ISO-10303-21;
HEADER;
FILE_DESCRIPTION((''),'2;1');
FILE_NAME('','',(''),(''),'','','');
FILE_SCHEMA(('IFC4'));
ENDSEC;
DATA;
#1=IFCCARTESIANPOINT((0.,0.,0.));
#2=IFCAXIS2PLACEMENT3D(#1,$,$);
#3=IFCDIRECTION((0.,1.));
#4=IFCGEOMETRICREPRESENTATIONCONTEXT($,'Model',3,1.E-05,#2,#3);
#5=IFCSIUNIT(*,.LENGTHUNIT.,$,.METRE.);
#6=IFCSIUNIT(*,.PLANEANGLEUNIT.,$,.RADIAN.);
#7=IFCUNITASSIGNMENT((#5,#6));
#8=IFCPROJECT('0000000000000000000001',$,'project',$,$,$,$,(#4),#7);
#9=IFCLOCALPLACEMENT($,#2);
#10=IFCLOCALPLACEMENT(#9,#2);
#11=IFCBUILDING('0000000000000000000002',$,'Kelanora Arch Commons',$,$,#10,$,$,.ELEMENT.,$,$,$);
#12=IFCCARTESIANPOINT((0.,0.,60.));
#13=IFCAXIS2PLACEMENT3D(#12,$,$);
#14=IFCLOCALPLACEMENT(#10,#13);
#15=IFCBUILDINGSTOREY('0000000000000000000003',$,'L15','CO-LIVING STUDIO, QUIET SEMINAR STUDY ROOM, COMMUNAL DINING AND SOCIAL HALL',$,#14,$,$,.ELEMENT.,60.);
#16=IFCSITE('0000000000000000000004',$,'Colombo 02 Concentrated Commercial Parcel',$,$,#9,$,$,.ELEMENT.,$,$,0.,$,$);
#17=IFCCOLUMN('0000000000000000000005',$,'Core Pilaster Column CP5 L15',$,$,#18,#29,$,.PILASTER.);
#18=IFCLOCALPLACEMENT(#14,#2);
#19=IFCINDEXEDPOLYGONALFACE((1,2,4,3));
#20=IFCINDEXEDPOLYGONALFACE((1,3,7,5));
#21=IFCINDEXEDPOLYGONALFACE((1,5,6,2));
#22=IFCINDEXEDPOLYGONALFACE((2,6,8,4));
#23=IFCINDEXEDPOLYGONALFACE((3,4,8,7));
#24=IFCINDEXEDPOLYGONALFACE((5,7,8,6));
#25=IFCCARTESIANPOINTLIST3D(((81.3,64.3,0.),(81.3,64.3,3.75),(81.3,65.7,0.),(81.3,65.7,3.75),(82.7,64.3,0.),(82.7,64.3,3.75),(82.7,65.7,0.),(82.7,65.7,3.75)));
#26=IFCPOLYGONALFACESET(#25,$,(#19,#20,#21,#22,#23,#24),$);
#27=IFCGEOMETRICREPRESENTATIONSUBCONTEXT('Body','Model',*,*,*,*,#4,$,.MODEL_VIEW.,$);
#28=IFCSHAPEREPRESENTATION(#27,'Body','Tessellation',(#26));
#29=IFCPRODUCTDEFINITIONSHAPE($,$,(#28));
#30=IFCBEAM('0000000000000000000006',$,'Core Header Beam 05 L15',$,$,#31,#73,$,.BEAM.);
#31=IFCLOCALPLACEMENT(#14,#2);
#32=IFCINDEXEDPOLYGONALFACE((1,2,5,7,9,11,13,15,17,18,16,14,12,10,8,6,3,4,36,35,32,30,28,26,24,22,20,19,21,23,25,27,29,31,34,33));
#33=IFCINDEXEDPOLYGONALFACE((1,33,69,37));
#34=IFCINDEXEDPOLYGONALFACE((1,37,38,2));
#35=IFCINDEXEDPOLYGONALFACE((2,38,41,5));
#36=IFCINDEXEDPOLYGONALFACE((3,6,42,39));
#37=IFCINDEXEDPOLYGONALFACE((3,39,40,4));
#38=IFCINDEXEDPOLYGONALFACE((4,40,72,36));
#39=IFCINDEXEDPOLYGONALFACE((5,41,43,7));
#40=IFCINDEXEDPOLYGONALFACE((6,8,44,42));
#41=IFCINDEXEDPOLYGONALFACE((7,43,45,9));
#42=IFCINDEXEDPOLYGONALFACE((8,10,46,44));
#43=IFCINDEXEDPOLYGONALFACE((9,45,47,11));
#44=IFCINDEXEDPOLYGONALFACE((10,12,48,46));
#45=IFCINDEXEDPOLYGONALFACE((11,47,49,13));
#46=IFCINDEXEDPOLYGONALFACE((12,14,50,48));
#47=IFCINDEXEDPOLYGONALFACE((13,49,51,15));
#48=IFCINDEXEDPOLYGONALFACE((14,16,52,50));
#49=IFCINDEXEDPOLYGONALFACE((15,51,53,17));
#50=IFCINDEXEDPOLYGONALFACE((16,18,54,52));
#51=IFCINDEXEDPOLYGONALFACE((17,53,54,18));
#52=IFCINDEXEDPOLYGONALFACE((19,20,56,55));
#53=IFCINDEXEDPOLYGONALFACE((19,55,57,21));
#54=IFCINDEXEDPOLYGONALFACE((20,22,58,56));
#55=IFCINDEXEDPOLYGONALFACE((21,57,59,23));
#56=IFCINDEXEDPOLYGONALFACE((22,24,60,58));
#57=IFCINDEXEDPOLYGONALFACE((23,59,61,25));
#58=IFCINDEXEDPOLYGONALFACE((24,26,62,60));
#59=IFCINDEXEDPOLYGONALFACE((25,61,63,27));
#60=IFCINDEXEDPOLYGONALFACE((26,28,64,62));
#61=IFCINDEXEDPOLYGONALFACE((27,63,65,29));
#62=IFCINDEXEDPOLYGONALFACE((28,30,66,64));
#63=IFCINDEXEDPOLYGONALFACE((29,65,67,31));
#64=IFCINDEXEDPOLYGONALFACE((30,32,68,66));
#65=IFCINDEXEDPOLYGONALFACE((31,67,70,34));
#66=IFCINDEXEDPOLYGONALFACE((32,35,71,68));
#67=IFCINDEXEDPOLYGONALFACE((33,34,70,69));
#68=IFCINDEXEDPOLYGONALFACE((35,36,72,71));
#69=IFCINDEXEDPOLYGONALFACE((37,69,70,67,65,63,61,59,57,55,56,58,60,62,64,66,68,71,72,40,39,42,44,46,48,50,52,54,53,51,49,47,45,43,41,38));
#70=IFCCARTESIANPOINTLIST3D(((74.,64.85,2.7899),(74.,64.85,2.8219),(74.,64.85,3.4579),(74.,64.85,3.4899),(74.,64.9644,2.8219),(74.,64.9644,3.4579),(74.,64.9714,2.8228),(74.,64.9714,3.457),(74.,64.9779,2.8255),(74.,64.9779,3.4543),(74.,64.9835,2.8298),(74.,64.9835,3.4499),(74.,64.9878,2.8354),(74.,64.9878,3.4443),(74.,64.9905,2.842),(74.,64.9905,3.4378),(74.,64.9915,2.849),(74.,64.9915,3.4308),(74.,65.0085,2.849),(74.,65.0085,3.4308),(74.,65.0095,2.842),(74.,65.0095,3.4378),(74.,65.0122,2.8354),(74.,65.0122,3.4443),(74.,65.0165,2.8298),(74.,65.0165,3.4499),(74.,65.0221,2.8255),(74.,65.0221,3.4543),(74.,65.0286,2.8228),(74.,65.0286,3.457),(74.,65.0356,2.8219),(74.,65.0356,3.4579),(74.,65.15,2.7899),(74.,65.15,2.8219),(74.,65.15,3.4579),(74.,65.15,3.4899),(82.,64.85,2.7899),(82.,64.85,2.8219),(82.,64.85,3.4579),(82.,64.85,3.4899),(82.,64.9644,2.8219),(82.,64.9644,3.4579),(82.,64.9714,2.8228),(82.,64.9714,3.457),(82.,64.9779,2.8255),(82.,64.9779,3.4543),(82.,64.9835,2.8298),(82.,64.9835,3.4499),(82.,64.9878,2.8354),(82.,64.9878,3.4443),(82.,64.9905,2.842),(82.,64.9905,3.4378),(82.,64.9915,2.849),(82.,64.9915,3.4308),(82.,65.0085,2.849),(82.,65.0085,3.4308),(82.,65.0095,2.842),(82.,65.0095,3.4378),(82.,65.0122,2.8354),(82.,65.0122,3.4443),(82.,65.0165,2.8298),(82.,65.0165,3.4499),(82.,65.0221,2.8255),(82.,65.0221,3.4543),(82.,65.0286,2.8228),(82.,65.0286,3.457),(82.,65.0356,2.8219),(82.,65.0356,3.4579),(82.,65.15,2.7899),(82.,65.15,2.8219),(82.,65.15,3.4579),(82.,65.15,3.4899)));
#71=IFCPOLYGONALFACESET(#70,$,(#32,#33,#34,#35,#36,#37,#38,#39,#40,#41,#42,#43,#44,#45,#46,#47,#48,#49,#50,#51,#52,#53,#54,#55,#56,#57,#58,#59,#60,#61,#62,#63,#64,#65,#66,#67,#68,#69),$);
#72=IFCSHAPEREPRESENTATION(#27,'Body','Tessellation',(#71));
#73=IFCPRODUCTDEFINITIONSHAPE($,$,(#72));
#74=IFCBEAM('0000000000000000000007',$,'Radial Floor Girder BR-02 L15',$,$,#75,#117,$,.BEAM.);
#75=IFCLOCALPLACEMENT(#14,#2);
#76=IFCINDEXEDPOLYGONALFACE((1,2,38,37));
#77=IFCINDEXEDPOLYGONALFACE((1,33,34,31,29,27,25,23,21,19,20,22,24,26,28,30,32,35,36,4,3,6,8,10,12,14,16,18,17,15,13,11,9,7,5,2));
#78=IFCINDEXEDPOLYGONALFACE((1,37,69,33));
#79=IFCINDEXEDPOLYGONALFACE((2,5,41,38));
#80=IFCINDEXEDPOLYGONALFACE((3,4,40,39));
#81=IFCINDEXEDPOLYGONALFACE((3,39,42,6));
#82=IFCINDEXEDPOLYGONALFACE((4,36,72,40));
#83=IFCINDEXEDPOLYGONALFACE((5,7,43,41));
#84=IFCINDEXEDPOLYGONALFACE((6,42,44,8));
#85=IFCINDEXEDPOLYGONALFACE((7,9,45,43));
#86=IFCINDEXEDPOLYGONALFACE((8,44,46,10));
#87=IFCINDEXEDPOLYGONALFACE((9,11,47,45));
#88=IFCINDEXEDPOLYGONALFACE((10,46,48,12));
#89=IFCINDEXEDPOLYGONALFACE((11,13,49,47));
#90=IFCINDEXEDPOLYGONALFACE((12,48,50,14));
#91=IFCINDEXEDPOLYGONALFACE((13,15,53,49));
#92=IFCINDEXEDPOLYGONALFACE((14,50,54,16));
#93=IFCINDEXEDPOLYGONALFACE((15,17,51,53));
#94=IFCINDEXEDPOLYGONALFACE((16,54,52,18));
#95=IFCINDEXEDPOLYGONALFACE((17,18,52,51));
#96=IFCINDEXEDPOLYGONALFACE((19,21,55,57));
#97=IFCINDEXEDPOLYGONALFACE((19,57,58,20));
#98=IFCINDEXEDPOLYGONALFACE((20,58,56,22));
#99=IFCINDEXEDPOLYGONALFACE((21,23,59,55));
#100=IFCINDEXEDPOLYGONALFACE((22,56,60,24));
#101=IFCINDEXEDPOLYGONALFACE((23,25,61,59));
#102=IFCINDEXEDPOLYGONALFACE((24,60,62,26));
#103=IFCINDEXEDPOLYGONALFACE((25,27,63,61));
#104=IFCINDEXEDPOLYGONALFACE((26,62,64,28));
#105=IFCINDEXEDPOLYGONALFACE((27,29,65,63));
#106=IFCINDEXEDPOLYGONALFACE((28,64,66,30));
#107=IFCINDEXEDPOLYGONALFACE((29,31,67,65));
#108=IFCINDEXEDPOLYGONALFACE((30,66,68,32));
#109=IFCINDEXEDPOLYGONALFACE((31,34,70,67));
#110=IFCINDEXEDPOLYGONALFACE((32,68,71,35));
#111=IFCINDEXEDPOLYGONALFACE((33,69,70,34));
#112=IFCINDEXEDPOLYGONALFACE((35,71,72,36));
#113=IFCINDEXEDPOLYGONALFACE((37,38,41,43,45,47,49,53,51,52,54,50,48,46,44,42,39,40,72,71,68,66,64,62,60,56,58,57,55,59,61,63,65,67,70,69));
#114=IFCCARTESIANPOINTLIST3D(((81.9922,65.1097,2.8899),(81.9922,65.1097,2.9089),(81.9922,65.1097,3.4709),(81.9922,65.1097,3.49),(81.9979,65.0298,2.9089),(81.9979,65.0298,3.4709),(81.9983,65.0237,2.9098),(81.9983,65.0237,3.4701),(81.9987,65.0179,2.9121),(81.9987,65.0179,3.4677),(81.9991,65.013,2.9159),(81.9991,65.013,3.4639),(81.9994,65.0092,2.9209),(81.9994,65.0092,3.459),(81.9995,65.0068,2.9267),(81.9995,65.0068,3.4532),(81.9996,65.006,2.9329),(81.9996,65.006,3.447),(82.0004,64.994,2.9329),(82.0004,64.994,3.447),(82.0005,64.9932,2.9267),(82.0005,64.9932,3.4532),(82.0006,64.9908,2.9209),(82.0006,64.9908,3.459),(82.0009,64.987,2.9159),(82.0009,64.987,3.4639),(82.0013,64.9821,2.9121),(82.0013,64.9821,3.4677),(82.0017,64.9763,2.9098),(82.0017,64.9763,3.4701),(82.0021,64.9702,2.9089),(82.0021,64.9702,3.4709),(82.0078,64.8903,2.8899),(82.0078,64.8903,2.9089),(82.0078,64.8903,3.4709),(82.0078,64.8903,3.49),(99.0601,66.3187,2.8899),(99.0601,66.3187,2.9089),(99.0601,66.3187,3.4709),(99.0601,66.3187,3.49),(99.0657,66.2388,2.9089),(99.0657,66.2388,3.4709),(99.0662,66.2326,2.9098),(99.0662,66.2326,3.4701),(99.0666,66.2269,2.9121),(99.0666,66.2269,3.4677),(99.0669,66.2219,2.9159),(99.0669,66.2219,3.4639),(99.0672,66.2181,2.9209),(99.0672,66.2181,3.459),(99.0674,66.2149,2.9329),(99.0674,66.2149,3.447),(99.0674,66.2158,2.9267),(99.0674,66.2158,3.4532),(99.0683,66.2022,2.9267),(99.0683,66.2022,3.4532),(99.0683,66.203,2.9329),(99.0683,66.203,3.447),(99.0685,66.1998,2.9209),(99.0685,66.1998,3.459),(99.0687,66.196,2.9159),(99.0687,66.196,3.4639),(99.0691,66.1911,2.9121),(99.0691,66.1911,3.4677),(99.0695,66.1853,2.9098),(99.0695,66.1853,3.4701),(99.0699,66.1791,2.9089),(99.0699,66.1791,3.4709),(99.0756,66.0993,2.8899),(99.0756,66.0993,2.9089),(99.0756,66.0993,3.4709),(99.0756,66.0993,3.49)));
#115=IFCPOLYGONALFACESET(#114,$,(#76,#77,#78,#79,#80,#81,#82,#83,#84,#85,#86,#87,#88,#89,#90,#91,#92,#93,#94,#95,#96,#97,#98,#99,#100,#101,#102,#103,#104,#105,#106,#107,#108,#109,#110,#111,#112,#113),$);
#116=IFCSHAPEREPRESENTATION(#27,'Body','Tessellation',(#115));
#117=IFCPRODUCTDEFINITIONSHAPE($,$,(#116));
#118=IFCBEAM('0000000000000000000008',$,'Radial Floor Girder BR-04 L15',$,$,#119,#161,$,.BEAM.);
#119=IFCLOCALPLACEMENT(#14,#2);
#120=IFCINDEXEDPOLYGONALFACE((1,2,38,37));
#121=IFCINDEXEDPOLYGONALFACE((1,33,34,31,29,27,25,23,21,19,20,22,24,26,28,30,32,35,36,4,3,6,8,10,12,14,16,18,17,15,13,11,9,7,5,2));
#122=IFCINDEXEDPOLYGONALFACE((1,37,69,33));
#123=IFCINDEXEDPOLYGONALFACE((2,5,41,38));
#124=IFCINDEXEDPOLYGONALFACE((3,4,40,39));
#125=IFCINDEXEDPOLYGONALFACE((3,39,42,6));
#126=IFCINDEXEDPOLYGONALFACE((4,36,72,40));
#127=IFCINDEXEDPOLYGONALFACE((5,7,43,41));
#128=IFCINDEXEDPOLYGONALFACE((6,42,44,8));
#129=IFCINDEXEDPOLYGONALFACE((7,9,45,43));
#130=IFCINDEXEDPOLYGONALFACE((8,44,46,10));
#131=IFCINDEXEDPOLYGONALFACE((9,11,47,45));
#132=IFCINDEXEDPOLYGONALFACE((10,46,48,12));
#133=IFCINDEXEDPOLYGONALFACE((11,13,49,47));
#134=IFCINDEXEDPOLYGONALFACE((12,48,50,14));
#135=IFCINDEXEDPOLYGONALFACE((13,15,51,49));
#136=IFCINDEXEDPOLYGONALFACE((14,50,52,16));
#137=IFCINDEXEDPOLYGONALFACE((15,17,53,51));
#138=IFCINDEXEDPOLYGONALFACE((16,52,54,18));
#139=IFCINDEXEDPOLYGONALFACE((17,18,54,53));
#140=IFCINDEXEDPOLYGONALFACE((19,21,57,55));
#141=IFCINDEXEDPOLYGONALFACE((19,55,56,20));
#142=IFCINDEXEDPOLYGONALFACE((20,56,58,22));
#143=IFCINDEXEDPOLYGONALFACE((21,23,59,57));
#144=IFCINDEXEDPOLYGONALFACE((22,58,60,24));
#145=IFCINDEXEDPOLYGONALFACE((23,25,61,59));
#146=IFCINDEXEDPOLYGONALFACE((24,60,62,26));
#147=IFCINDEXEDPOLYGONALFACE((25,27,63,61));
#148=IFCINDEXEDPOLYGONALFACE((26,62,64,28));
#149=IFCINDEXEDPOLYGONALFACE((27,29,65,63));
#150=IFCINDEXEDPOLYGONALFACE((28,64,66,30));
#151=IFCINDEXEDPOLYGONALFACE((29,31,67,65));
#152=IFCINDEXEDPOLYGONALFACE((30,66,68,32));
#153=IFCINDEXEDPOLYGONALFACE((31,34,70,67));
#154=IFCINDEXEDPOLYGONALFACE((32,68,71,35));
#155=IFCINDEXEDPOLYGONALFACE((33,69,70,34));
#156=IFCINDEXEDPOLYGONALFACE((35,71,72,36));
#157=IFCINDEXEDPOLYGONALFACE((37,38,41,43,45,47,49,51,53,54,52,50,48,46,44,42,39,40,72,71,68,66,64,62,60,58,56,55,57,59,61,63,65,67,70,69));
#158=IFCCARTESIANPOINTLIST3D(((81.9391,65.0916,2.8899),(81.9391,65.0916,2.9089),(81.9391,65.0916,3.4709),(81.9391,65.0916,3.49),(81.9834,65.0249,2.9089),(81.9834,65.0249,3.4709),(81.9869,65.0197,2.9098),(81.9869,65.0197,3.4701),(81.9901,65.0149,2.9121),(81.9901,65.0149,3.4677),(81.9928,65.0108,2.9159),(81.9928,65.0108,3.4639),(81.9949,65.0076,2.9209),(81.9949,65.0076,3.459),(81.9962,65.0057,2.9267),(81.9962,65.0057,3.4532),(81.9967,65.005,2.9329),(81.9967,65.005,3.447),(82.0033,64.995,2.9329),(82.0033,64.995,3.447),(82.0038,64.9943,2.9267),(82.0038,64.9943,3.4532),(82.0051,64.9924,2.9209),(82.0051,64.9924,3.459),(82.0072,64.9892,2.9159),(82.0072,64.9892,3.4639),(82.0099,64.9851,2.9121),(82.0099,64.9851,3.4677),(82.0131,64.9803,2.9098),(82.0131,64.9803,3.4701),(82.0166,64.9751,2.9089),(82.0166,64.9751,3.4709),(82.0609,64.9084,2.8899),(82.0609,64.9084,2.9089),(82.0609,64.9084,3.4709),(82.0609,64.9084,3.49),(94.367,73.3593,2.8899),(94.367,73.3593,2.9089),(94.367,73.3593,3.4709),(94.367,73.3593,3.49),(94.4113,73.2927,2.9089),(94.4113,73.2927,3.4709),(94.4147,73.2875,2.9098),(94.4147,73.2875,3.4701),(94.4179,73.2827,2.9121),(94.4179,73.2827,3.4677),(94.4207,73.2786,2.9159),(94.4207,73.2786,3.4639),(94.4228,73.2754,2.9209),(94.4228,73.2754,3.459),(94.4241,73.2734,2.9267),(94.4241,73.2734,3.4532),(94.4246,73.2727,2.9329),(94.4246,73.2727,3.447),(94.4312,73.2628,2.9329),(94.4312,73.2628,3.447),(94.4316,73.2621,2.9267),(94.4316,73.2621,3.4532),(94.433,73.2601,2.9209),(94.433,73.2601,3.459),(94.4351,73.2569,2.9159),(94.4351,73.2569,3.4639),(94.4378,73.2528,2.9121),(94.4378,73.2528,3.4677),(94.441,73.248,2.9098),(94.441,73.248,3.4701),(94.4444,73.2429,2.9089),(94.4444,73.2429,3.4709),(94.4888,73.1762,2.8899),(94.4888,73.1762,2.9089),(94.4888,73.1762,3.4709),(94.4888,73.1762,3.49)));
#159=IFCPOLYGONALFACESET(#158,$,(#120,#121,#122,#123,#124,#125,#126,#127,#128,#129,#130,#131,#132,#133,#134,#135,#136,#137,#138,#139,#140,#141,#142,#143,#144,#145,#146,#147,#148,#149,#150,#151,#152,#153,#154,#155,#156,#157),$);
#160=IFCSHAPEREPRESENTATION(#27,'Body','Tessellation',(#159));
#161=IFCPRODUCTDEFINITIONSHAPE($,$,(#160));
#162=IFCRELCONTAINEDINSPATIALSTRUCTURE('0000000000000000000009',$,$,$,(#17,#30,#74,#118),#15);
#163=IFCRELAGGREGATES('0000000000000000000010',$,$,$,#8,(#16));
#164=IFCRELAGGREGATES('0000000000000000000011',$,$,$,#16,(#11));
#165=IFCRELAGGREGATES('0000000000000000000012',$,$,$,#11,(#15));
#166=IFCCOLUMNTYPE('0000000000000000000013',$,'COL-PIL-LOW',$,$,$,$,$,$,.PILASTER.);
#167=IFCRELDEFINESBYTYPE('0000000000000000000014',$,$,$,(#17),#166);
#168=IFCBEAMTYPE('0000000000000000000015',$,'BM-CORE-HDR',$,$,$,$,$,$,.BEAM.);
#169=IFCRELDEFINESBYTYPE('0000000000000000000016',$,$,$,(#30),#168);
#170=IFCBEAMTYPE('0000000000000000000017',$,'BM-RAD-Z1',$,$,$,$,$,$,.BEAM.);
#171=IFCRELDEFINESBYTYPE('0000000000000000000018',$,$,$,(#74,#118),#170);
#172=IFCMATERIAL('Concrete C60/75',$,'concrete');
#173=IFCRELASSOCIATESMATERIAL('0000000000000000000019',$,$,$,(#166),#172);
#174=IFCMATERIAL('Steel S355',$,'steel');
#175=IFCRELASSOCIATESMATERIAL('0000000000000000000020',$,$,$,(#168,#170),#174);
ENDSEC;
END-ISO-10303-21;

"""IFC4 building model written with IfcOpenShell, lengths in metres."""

from ifc_helpers import new_model, si_unit, direction, frame, origin, origin_2d, place, context, subcontext, project, spatial, rectangle, i_section, extrude, material, material_profile, profile_set, type_object, element, save


model = new_model("IFC4")

# Units and contexts
model_context = context("Model", 3, precision=1e-05, world=origin(), true_north=direction((0.0, 1.0)))
body_context = subcontext(model_context, "Body", "Model", "MODEL_VIEW")
ifc_project = project(units=[si_unit("LENGTHUNIT", "METRE"), si_unit("PLANEANGLEUNIT", "RADIAN")], contexts=[model_context])

# Site, building, storey
site_placement = place(None, origin())
site = spatial("IfcSite", under=ifc_project, at=site_placement, Name="Colombo 02 Concentrated Commercial Parcel", CompositionType="ELEMENT", RefElevation=0.0)
building_placement = place(site_placement, origin())
building = spatial("IfcBuilding", under=site, at=building_placement, Name="Kelanora Arch Commons", CompositionType="ELEMENT")
storey_placement = place(building_placement, frame((0.0, 0.0, 60.0)))
storey = spatial("IfcBuildingStorey", under=building, at=storey_placement, Name="L15", Description="CO-LIVING STUDIO, QUIET SEMINAR STUDY ROOM, COMMUNAL DINING AND SOCIAL HALL", CompositionType="ELEMENT", Elevation=60.0)

# Column
ifc_material_1 = material(Name="Concrete C60/75", Category="concrete")
ifc_material_profile_1 = material_profile(ifc_material_1, rectangle(XDim=1.3999, YDim=1.3999, at=origin_2d()), Name="RC1400x1400")
ifc_profile_set_1 = profile_set([ifc_material_profile_1], Name="Concrete C60/75")
column_type = type_object("IfcColumnType", Name="COL-PIL-LOW", PredefinedType="PILASTER", material=ifc_profile_set_1)
column_placement = place(storey_placement, frame((82.0, 65.0, 0.0), z_axis=(0.0, 0.0, 1.0), x_axis=(1.0, 0.0, 0.0)))
element("IfcColumn", 1, at=column_placement, inside=storey, type_object=column_type, Name="Core Pilaster Column CP5 L15", PredefinedType="PILASTER", context=body_context, shape_type="SweptSolid", body=[
    extrude(rectangle(XDim=1.3999, YDim=1.3999, at=origin_2d()), origin(), (0.0, 0.0, 1.0), 3.75),
])

# Beams
ifc_material_2 = material(Name="Steel S355", Category="steel")
ifc_material_profile_2 = material_profile(ifc_material_2, i_section(OverallWidth=0.3, OverallDepth=0.7, WebThickness=0.0171, FlangeThickness=0.032, FilletRadius=0.0271, at=origin_2d()), Name="HEB700")
ifc_profile_set_2 = profile_set([ifc_material_profile_2], Name="Steel S355")
beam_type_1 = type_object("IfcBeamType", Name="BM-CORE-HDR", PredefinedType="BEAM", material=ifc_profile_set_2)
beam_1_placement = place(storey_placement, frame((82.0, 65.0, 3.1399), z_axis=(-1.0, 0.0, 0.0), x_axis=(0.0, -1.0, 0.0)))
element("IfcBeam", 2, at=beam_1_placement, inside=storey, type_object=beam_type_1, Name="Core Header Beam 05 L15", PredefinedType="BEAM", context=body_context, shape_type="SweptSolid", body=[
    extrude(i_section(OverallWidth=0.3, OverallDepth=0.7, WebThickness=0.0171, FlangeThickness=0.032, FilletRadius=0.0271, at=origin_2d()), origin(), (0.0, 0.0, 1.0), 8.0),
])
ifc_material_profile_3 = material_profile(ifc_material_2, i_section(OverallWidth=0.22, OverallDepth=0.6001, WebThickness=0.012, FlangeThickness=0.019, FilletRadius=0.0239, at=origin_2d()), Name="IPE600")
ifc_profile_set_3 = profile_set([ifc_material_profile_3], Name="Steel S355")
beam_type_2 = type_object("IfcBeamType", Name="BM-RAD-Z1", PredefinedType="BEAM", material=ifc_profile_set_3)
beam_2_placement = place(storey_placement, frame((82.0, 65.0, 3.1899), z_axis=(0.997501, 0.070657, 0.0), x_axis=(-0.070657, 0.997501, 0.0)))
element("IfcBeam", 3, at=beam_2_placement, inside=storey, type_object=beam_type_2, Name="Radial Floor Girder BR-02 L15", PredefinedType="BEAM", context=body_context, shape_type="SweptSolid", body=[
    extrude(i_section(OverallWidth=0.22, OverallDepth=0.6001, WebThickness=0.012, FlangeThickness=0.019, FilletRadius=0.0239, at=origin_2d()), origin(), (0.0, 0.0, 1.0), 17.1106),
])
beam_3_placement = place(storey_placement, frame((82.0, 65.0, 3.1899), z_axis=(0.832591, 0.553888, 0.0), x_axis=(-0.553888, 0.832591, 0.0)))
element("IfcBeam", 4, at=beam_3_placement, inside=storey, type_object=beam_type_2, Name="Radial Floor Girder BR-04 L15", PredefinedType="BEAM", context=body_context, shape_type="SweptSolid", body=[
    extrude(i_section(OverallWidth=0.22, OverallDepth=0.6001, WebThickness=0.012, FlangeThickness=0.019, FilletRadius=0.0239, at=origin_2d()), origin(), (0.0, 0.0, 1.0), 14.9268),
])

save(model, "model.ifc")
